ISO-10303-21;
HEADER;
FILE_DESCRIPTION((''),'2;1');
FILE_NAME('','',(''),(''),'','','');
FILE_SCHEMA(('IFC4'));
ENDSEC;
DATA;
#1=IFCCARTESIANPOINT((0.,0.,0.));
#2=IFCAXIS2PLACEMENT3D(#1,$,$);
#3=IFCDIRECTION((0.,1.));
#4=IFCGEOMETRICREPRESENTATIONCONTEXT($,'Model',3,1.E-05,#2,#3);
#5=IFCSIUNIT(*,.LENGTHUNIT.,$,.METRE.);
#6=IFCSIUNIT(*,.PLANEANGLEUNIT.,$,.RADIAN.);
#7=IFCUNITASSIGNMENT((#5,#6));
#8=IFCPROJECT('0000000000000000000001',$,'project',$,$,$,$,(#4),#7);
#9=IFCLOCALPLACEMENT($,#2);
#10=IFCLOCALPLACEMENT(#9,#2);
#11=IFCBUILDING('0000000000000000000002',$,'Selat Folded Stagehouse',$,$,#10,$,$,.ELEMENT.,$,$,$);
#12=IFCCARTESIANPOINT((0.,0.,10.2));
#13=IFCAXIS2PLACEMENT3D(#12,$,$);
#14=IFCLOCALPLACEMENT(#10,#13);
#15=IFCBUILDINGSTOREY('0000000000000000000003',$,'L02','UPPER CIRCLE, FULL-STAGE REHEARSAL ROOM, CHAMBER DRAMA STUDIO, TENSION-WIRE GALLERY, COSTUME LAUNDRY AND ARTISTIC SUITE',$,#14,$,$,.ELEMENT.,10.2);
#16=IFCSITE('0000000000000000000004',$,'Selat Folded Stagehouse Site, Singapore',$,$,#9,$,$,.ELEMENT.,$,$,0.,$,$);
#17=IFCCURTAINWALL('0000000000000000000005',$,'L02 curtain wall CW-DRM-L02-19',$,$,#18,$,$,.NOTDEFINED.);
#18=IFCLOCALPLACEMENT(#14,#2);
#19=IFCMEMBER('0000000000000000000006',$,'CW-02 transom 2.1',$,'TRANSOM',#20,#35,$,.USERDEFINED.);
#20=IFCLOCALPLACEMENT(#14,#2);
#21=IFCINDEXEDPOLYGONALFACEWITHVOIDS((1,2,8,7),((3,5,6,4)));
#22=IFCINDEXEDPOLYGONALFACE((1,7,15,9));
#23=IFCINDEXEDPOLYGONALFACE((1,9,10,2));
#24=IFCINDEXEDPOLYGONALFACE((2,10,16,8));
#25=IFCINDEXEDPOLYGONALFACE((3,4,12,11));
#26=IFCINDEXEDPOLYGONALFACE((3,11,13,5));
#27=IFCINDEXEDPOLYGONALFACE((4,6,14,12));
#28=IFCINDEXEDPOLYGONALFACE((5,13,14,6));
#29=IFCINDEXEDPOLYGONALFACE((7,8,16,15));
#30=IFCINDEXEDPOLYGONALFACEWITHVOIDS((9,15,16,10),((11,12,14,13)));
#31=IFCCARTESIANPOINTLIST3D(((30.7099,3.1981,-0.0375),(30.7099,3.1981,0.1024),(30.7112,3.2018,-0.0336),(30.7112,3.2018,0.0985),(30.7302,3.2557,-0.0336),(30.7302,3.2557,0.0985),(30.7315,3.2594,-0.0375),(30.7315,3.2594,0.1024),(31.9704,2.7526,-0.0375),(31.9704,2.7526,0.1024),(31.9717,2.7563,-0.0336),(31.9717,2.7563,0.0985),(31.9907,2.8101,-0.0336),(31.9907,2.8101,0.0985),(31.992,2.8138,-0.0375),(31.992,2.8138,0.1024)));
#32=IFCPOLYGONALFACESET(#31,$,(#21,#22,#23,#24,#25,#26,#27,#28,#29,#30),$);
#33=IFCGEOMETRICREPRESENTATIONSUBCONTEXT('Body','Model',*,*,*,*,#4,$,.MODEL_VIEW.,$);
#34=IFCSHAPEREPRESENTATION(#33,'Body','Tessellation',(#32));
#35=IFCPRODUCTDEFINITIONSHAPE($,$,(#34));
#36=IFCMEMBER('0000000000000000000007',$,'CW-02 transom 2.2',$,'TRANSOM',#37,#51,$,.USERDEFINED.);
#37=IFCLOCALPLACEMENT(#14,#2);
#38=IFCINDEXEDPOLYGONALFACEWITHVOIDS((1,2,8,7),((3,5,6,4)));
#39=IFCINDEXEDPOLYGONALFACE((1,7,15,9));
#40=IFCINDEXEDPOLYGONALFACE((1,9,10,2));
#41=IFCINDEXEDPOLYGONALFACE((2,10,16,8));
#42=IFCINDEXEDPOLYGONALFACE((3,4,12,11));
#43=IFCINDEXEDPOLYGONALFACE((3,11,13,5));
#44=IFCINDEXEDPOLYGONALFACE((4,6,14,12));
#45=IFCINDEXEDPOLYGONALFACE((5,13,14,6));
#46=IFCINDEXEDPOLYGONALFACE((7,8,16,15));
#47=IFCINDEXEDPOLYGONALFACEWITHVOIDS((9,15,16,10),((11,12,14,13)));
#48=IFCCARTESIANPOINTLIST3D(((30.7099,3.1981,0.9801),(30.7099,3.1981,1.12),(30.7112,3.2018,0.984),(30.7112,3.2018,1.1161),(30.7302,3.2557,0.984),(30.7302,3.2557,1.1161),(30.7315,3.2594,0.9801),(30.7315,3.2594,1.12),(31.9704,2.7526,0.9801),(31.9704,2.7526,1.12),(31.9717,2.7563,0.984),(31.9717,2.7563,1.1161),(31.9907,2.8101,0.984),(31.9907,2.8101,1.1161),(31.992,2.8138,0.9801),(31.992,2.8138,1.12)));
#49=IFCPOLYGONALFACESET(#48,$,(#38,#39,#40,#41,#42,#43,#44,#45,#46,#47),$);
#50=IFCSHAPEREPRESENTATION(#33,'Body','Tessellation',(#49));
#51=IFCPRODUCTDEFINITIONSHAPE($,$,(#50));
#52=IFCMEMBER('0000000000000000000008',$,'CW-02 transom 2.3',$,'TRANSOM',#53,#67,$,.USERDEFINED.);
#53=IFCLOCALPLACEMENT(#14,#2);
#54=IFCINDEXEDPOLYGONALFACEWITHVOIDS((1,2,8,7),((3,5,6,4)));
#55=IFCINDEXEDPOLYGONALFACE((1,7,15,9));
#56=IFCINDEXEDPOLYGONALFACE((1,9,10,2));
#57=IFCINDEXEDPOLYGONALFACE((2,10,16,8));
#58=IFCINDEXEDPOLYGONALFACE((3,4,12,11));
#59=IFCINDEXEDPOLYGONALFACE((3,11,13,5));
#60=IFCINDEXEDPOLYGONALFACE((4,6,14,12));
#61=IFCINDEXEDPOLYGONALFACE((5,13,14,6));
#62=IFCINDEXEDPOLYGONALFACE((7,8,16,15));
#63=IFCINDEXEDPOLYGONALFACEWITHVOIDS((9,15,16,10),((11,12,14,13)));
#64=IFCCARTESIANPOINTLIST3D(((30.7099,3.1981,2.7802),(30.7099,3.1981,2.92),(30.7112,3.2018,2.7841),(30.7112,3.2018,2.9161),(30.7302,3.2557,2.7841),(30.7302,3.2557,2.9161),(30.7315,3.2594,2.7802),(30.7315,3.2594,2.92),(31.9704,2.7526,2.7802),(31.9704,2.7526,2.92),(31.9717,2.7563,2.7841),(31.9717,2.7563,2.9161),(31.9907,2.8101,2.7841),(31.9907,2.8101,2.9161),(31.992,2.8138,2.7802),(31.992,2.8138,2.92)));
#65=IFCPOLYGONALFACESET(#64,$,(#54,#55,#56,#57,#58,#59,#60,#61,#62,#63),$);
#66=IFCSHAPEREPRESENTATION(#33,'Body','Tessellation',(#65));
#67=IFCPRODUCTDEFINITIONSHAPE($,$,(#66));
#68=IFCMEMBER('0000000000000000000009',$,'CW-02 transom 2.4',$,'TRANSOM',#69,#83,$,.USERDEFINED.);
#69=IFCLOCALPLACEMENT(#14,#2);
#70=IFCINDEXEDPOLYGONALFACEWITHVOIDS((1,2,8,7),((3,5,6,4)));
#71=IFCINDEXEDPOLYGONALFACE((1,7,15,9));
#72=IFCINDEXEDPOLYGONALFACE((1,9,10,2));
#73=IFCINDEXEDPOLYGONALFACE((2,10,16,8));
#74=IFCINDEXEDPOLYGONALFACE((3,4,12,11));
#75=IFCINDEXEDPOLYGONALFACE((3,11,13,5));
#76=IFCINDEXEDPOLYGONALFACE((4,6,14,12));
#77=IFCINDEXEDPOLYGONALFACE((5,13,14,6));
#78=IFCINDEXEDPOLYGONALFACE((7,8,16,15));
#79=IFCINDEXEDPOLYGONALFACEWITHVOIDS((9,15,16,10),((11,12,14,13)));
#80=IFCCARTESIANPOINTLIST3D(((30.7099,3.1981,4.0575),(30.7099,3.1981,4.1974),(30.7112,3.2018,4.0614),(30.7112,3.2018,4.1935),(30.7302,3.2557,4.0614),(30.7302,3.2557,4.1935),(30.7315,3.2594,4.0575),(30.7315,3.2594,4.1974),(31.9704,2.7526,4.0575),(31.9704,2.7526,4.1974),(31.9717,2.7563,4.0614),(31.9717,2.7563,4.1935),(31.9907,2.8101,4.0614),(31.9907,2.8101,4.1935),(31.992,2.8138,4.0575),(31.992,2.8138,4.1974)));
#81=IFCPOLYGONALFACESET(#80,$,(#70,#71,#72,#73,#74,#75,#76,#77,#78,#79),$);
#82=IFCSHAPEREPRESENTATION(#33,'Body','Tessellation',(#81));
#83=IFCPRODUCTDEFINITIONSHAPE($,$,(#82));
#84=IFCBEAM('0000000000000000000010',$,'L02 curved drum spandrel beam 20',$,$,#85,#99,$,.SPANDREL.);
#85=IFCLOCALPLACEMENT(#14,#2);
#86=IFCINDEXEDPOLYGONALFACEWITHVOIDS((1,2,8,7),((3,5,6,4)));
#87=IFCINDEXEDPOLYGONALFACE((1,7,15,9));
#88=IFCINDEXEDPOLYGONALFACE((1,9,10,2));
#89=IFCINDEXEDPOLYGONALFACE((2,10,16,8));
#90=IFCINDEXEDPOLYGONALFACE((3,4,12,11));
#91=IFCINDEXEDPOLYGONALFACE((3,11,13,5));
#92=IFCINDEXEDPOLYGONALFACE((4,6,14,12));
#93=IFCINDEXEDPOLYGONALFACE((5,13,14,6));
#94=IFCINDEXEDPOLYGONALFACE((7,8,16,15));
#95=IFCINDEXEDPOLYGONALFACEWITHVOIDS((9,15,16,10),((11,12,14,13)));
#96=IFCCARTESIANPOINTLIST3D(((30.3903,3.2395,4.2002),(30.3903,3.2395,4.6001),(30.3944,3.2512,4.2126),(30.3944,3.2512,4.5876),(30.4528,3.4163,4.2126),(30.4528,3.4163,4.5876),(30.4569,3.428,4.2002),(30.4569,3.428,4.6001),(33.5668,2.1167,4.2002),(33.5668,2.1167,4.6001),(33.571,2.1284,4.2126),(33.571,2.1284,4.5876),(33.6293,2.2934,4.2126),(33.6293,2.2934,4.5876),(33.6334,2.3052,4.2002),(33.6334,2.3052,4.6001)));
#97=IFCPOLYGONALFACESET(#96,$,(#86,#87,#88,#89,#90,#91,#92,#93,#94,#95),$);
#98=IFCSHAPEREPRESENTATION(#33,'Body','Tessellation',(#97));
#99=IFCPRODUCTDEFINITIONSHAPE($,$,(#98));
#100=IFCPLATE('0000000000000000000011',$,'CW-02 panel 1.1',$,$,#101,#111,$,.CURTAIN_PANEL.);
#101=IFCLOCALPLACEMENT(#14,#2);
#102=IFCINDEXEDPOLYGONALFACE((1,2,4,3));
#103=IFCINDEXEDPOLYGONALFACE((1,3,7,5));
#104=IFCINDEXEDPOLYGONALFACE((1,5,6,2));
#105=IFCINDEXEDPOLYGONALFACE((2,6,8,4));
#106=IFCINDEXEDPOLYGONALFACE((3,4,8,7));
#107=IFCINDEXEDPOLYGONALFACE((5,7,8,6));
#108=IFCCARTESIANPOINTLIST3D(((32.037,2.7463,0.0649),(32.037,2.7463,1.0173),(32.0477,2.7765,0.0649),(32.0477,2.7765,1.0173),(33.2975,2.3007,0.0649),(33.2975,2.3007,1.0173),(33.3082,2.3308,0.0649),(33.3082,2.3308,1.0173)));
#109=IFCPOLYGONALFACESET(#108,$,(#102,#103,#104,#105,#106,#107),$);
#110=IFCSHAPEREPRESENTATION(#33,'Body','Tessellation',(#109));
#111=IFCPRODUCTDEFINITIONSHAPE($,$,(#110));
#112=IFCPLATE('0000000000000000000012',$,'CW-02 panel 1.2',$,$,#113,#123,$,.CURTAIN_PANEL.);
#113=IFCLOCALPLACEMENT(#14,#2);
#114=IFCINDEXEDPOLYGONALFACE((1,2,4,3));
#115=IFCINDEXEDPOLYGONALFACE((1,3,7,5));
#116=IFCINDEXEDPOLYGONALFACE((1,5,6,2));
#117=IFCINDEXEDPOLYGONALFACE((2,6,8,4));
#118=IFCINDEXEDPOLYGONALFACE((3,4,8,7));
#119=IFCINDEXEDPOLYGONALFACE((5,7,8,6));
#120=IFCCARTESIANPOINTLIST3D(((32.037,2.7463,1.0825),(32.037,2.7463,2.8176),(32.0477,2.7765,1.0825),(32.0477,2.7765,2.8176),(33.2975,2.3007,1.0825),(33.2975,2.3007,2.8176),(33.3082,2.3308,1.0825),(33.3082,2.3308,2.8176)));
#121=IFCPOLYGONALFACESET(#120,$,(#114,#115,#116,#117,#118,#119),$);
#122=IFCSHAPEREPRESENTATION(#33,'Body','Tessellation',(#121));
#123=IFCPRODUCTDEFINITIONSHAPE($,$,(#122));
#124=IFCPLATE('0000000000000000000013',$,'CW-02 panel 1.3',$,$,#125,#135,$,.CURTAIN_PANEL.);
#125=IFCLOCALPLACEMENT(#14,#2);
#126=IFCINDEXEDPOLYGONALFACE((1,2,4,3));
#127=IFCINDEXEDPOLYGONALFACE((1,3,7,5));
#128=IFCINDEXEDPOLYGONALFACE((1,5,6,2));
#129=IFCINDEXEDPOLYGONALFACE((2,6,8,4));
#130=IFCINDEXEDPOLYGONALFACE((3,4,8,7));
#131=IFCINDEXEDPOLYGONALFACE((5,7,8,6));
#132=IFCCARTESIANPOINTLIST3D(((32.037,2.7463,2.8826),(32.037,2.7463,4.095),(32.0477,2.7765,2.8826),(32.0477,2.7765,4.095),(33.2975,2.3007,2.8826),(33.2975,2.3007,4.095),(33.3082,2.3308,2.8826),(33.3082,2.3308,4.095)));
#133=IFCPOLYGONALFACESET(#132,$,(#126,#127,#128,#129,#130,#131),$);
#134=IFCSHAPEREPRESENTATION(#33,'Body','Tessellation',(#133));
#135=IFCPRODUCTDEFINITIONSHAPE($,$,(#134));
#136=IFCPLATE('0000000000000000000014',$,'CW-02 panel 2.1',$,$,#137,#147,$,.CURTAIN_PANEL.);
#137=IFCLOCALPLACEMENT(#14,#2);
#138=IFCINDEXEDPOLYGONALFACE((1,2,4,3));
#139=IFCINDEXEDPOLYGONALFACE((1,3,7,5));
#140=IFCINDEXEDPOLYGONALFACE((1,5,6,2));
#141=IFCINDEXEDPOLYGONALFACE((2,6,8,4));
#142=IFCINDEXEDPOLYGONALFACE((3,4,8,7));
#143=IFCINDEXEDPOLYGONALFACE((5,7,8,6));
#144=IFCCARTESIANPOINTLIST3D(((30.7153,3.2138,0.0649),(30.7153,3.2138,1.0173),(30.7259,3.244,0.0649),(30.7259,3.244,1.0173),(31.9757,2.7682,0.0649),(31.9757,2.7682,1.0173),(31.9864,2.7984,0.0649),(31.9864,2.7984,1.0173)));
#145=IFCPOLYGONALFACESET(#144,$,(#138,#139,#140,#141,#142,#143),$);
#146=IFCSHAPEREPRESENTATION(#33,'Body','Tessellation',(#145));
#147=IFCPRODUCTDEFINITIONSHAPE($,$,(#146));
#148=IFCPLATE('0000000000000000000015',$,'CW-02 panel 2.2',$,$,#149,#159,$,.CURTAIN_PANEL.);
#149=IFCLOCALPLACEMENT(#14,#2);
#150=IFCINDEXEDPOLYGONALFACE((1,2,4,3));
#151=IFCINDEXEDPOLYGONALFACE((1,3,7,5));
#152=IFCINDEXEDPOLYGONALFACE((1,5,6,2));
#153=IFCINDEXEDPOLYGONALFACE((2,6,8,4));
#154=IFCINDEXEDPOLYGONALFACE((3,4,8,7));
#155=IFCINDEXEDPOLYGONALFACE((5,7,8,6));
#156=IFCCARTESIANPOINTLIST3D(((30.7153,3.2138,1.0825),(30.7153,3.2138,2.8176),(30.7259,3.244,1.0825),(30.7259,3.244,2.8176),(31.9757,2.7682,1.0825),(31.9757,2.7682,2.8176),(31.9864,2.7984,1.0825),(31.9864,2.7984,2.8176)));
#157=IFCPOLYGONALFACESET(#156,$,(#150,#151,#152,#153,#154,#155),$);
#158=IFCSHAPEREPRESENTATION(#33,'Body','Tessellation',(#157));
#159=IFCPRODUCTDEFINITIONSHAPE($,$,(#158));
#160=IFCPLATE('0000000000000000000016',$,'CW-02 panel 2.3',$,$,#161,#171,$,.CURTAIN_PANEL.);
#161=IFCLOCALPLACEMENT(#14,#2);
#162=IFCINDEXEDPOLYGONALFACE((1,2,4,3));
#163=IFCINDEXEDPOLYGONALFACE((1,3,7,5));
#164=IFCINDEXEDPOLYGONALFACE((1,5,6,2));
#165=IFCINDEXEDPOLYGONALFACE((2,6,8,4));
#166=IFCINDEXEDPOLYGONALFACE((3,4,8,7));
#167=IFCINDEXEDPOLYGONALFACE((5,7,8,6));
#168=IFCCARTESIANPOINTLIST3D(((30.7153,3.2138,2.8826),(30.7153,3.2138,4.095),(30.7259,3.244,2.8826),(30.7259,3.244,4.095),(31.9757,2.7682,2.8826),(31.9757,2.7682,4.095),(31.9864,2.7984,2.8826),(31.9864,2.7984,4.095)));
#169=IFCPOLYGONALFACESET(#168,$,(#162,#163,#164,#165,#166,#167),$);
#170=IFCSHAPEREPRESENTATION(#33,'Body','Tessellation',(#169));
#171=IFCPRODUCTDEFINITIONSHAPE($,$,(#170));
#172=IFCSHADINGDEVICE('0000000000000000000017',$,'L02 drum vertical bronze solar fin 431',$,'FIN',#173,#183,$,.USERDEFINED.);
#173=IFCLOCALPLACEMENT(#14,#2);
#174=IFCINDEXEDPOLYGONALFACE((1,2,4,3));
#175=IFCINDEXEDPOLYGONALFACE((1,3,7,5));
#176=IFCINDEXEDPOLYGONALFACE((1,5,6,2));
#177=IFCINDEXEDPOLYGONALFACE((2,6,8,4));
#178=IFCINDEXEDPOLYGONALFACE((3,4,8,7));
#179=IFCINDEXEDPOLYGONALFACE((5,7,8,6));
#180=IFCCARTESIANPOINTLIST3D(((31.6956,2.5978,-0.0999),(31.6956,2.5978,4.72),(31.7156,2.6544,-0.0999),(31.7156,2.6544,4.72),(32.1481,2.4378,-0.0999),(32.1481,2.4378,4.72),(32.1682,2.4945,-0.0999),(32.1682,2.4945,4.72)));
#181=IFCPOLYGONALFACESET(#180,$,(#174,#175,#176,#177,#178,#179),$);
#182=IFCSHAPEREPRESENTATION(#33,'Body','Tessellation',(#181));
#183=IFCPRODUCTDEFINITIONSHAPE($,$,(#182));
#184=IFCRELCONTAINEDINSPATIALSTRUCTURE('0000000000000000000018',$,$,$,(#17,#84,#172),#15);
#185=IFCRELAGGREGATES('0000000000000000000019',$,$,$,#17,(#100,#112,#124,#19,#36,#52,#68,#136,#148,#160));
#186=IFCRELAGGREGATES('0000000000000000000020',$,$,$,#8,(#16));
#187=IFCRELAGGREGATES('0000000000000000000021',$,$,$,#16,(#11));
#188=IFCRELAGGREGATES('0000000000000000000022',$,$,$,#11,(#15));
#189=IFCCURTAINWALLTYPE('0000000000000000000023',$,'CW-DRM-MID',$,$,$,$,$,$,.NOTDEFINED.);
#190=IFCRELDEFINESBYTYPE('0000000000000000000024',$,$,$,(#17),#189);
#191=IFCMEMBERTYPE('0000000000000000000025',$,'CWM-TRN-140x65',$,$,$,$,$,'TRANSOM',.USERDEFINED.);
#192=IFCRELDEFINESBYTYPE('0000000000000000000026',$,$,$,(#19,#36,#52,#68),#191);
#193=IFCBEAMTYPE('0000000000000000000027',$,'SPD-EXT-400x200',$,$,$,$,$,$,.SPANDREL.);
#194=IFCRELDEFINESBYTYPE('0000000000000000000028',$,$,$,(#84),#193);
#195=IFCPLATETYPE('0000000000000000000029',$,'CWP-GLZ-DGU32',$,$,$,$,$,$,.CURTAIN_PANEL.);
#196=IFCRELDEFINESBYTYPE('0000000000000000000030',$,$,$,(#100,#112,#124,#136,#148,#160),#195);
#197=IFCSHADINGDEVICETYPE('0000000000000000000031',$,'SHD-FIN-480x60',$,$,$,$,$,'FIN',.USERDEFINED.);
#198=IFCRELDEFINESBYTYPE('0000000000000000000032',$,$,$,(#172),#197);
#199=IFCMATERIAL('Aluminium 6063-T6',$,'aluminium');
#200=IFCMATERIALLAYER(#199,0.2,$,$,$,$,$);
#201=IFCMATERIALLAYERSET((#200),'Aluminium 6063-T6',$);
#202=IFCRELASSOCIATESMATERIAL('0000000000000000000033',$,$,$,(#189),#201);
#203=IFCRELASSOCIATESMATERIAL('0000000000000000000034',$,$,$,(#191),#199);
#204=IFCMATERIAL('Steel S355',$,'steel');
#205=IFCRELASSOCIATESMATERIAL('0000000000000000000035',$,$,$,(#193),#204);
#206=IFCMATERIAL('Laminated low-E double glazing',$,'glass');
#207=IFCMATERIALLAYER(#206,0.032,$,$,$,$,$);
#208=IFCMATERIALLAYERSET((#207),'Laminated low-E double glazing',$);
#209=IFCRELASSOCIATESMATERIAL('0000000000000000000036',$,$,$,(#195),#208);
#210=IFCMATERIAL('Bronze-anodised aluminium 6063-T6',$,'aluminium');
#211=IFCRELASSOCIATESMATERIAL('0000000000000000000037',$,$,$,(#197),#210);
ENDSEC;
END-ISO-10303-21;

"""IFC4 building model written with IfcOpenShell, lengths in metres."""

from ifc_helpers import new_model, si_unit, direction, frame, origin, origin_2d, place, context, subcontext, project, spatial, rectangle, hollow_rectangle, extrude, material, layer, layer_set, material_profile, profile_set, type_object, element, aggregate, save


model = new_model("IFC4")

# Units and contexts
model_context = context("Model", 3, precision=1e-05, world=origin(), true_north=direction((0.0, 1.0)))
body_context = subcontext(model_context, "Body", "Model", "MODEL_VIEW")
ifc_project = project(units=[si_unit("LENGTHUNIT", "METRE"), si_unit("PLANEANGLEUNIT", "RADIAN")], contexts=[model_context])

# Site, building, storey
site_placement = place(None, origin())
site = spatial("IfcSite", under=ifc_project, at=site_placement, Name="Selat Folded Stagehouse Site, Singapore", CompositionType="ELEMENT", RefElevation=0.0)
building_placement = place(site_placement, origin())
building = spatial("IfcBuilding", under=site, at=building_placement, Name="Selat Folded Stagehouse", CompositionType="ELEMENT")
storey_placement = place(building_placement, frame((0.0, 0.0, 10.2)))
storey = spatial("IfcBuildingStorey", under=building, at=storey_placement, Name="L02", Description="UPPER CIRCLE, FULL-STAGE REHEARSAL ROOM, CHAMBER DRAMA STUDIO, TENSION-WIRE GALLERY, COSTUME LAUNDRY AND ARTISTIC SUITE", CompositionType="ELEMENT", Elevation=10.2)

# Shared definitions
ifc_material_1 = material(Name="Steel S355", Category="steel")

# Shared definitions
ifc_material_2 = material(Name="Aluminium 6063-T6", Category="aluminium")
ifc_layer_1 = layer(ifc_material_2, 0.2)
ifc_layer_set_1 = layer_set([ifc_layer_1], Name="Aluminium 6063-T6")
curtain_wall_type = type_object("IfcCurtainWallType", Name="CW-DRM-MID", PredefinedType="NOTDEFINED", material=ifc_layer_set_1)

# Curtain wall
curtain_wall_1_placement = place(storey_placement, origin())
curtain_wall_1 = element("IfcCurtainWall", 1, at=curtain_wall_1_placement, inside=storey, type_object=curtain_wall_type, Name="L02 curtain wall CW-DRM-L02-19", PredefinedType="NOTDEFINED")

# Members
ifc_material_profile_1 = material_profile(ifc_material_2, hollow_rectangle(XDim=0.0649, YDim=0.1399, WallThickness=0.0039, at=origin_2d()), Name="ALU 140x65x4.0")
ifc_profile_set_1 = profile_set([ifc_material_profile_1], Name="Aluminium 6063-T6")
member_type_1 = type_object("IfcMemberType", Name="CWM-TRN-140x65", ElementType="TRANSOM", PredefinedType="USERDEFINED", material=ifc_profile_set_1)
member_1_placement = place(storey_placement, frame((31.9812, 2.7832, 0.0325), z_axis=(-0.942832, 0.333269, 0.0), x_axis=(-0.333269, -0.942832, 0.0)))
member_1 = element("IfcMember", 2, at=member_1_placement, type_object=member_type_1, Name="CW-02 transom 2.1", ObjectType="TRANSOM", PredefinedType="USERDEFINED", context=body_context, shape_type="SweptSolid", body=[
    extrude(hollow_rectangle(XDim=0.0649, YDim=0.1399, WallThickness=0.0039, at=origin_2d()), origin(), (0.0, 0.0, 1.0), 1.3369),
])
member_2_placement = place(storey_placement, frame((31.9812, 2.7832, 1.05), z_axis=(-0.942832, 0.333269, 0.0), x_axis=(-0.333269, -0.942832, 0.0)))
member_2 = element("IfcMember", 3, at=member_2_placement, type_object=member_type_1, Name="CW-02 transom 2.2", ObjectType="TRANSOM", PredefinedType="USERDEFINED", context=body_context, shape_type="SweptSolid", body=[
    extrude(hollow_rectangle(XDim=0.0649, YDim=0.1399, WallThickness=0.0039, at=origin_2d()), origin(), (0.0, 0.0, 1.0), 1.3369),
])
member_3_placement = place(storey_placement, frame((31.9812, 2.7832, 2.8501), z_axis=(-0.942832, 0.333269, 0.0), x_axis=(-0.333269, -0.942832, 0.0)))
member_3 = element("IfcMember", 4, at=member_3_placement, type_object=member_type_1, Name="CW-02 transom 2.3", ObjectType="TRANSOM", PredefinedType="USERDEFINED", context=body_context, shape_type="SweptSolid", body=[
    extrude(hollow_rectangle(XDim=0.0649, YDim=0.1399, WallThickness=0.0039, at=origin_2d()), origin(), (0.0, 0.0, 1.0), 1.3369),
])
member_4_placement = place(storey_placement, frame((31.9812, 2.7832, 4.1274), z_axis=(-0.942832, 0.333269, 0.0), x_axis=(-0.333269, -0.942832, 0.0)))
member_4 = element("IfcMember", 5, at=member_4_placement, type_object=member_type_1, Name="CW-02 transom 2.4", ObjectType="TRANSOM", PredefinedType="USERDEFINED", context=body_context, shape_type="SweptSolid", body=[
    extrude(hollow_rectangle(XDim=0.0649, YDim=0.1399, WallThickness=0.0039, at=origin_2d()), origin(), (0.0, 0.0, 1.0), 1.3369),
])

# Beam
ifc_material_profile_2 = material_profile(ifc_material_1, hollow_rectangle(XDim=0.2, YDim=0.3999, WallThickness=0.0125, at=origin_2d()), Name="RHS 400x200x12.5")
ifc_profile_set_2 = profile_set([ifc_material_profile_2], Name="Steel S355")
beam_type = type_object("IfcBeamType", Name="SPD-EXT-400x200", PredefinedType="SPANDREL", material=ifc_profile_set_2)
beam_placement = place(storey_placement, frame((30.4236, 3.3337, 4.4001), z_axis=(0.942834, -0.333264, 0.0), x_axis=(0.333264, 0.942834, 0.0)))
element("IfcBeam", 6, at=beam_placement, inside=storey, type_object=beam_type, Name="L02 curved drum spandrel beam 20", PredefinedType="SPANDREL", context=body_context, shape_type="SweptSolid", body=[
    extrude(hollow_rectangle(XDim=0.2, YDim=0.3999, WallThickness=0.0125, at=origin_2d()), origin(), (0.0, 0.0, 1.0), 3.3691),
])

# Plates
ifc_material_3 = material(Name="Laminated low-E double glazing", Category="glass")
ifc_layer_2 = layer(ifc_material_3, 0.032)
ifc_layer_set_2 = layer_set([ifc_layer_2], Name="Laminated low-E double glazing")
plate_type = type_object("IfcPlateType", Name="CWP-GLZ-DGU32", PredefinedType="CURTAIN_PANEL", material=ifc_layer_set_2)
plate_1_placement = place(storey_placement, frame((32.6726, 2.5386, 0.0649), z_axis=(0.0, 0.0, 1.0), x_axis=(-0.942816, 0.333314, 0.0)))
plate_1 = element("IfcPlate", 7, at=plate_1_placement, type_object=plate_type, Name="CW-02 panel 1.1", PredefinedType="CURTAIN_PANEL", context=body_context, shape_type="SweptSolid", body=[
    extrude(rectangle(XDim=1.3369, YDim=0.032, at=origin_2d()), origin(), (0.0, 0.0, 1.0), 0.9524),
])
plate_2_placement = place(storey_placement, frame((32.6726, 2.5386, 1.0825), z_axis=(0.0, 0.0, 1.0), x_axis=(-0.942816, 0.333314, 0.0)))
plate_2 = element("IfcPlate", 8, at=plate_2_placement, type_object=plate_type, Name="CW-02 panel 1.2", PredefinedType="CURTAIN_PANEL", context=body_context, shape_type="SweptSolid", body=[
    extrude(rectangle(XDim=1.3369, YDim=0.032, at=origin_2d()), origin(), (0.0, 0.0, 1.0), 1.7351),
])
plate_3_placement = place(storey_placement, frame((32.6726, 2.5386, 2.8826), z_axis=(0.0, 0.0, 1.0), x_axis=(-0.942816, 0.333314, 0.0)))
plate_3 = element("IfcPlate", 9, at=plate_3_placement, type_object=plate_type, Name="CW-02 panel 1.3", PredefinedType="CURTAIN_PANEL", context=body_context, shape_type="SweptSolid", body=[
    extrude(rectangle(XDim=1.3369, YDim=0.032, at=origin_2d()), origin(), (0.0, 0.0, 1.0), 1.2124),
])
plate_4_placement = place(storey_placement, frame((31.3508, 3.0061, 0.0649), z_axis=(0.0, 0.0, 1.0), x_axis=(-0.942816, 0.333314, 0.0)))
plate_4 = element("IfcPlate", 10, at=plate_4_placement, type_object=plate_type, Name="CW-02 panel 2.1", PredefinedType="CURTAIN_PANEL", context=body_context, shape_type="SweptSolid", body=[
    extrude(rectangle(XDim=1.3369, YDim=0.032, at=origin_2d()), origin(), (0.0, 0.0, 1.0), 0.9524),
])
plate_5_placement = place(storey_placement, frame((31.3508, 3.0061, 1.0825), z_axis=(0.0, 0.0, 1.0), x_axis=(-0.942816, 0.333314, 0.0)))
plate_5 = element("IfcPlate", 11, at=plate_5_placement, type_object=plate_type, Name="CW-02 panel 2.2", PredefinedType="CURTAIN_PANEL", context=body_context, shape_type="SweptSolid", body=[
    extrude(rectangle(XDim=1.3369, YDim=0.032, at=origin_2d()), origin(), (0.0, 0.0, 1.0), 1.7351),
])
plate_6_placement = place(storey_placement, frame((31.3508, 3.0061, 2.8826), z_axis=(0.0, 0.0, 1.0), x_axis=(-0.942816, 0.333314, 0.0)))
plate_6 = element("IfcPlate", 12, at=plate_6_placement, type_object=plate_type, Name="CW-02 panel 2.3", PredefinedType="CURTAIN_PANEL", context=body_context, shape_type="SweptSolid", body=[
    extrude(rectangle(XDim=1.3369, YDim=0.032, at=origin_2d()), origin(), (0.0, 0.0, 1.0), 1.2124),
])
aggregate(curtain_wall_1, [plate_1, plate_2, plate_3, member_1, member_2, member_3, member_4, plate_4, plate_5, plate_6])

# Shading device
ifc_material_4 = material(Name="Bronze-anodised aluminium 6063-T6", Category="aluminium")
ifc_material_profile_3 = material_profile(ifc_material_4, rectangle(XDim=0.0601, YDim=0.48, at=origin_2d()), Name="SOLAR-FIN 480x60")
ifc_profile_set_3 = profile_set([ifc_material_profile_3], Name="Bronze-anodised aluminium 6063-T6")
shading_device_type = type_object("IfcShadingDeviceType", Name="SHD-FIN-480x60", ElementType="FIN", PredefinedType="USERDEFINED", material=ifc_profile_set_3)
shading_device_placement = place(storey_placement, frame((31.9319, 2.5461, -0.0999), z_axis=(0.0, 0.0, 1.0), x_axis=(-0.333313, -0.942816, 0.0)))
element("IfcShadingDevice", 13, at=shading_device_placement, inside=storey, type_object=shading_device_type, Name="L02 drum vertical bronze solar fin 431", ObjectType="FIN", PredefinedType="USERDEFINED", context=body_context, shape_type="SweptSolid", body=[
    extrude(rectangle(XDim=0.0601, YDim=0.48, at=origin_2d()), origin(), (0.0, 0.0, 1.0), 4.8198),
])

save(model, "model.ifc")
